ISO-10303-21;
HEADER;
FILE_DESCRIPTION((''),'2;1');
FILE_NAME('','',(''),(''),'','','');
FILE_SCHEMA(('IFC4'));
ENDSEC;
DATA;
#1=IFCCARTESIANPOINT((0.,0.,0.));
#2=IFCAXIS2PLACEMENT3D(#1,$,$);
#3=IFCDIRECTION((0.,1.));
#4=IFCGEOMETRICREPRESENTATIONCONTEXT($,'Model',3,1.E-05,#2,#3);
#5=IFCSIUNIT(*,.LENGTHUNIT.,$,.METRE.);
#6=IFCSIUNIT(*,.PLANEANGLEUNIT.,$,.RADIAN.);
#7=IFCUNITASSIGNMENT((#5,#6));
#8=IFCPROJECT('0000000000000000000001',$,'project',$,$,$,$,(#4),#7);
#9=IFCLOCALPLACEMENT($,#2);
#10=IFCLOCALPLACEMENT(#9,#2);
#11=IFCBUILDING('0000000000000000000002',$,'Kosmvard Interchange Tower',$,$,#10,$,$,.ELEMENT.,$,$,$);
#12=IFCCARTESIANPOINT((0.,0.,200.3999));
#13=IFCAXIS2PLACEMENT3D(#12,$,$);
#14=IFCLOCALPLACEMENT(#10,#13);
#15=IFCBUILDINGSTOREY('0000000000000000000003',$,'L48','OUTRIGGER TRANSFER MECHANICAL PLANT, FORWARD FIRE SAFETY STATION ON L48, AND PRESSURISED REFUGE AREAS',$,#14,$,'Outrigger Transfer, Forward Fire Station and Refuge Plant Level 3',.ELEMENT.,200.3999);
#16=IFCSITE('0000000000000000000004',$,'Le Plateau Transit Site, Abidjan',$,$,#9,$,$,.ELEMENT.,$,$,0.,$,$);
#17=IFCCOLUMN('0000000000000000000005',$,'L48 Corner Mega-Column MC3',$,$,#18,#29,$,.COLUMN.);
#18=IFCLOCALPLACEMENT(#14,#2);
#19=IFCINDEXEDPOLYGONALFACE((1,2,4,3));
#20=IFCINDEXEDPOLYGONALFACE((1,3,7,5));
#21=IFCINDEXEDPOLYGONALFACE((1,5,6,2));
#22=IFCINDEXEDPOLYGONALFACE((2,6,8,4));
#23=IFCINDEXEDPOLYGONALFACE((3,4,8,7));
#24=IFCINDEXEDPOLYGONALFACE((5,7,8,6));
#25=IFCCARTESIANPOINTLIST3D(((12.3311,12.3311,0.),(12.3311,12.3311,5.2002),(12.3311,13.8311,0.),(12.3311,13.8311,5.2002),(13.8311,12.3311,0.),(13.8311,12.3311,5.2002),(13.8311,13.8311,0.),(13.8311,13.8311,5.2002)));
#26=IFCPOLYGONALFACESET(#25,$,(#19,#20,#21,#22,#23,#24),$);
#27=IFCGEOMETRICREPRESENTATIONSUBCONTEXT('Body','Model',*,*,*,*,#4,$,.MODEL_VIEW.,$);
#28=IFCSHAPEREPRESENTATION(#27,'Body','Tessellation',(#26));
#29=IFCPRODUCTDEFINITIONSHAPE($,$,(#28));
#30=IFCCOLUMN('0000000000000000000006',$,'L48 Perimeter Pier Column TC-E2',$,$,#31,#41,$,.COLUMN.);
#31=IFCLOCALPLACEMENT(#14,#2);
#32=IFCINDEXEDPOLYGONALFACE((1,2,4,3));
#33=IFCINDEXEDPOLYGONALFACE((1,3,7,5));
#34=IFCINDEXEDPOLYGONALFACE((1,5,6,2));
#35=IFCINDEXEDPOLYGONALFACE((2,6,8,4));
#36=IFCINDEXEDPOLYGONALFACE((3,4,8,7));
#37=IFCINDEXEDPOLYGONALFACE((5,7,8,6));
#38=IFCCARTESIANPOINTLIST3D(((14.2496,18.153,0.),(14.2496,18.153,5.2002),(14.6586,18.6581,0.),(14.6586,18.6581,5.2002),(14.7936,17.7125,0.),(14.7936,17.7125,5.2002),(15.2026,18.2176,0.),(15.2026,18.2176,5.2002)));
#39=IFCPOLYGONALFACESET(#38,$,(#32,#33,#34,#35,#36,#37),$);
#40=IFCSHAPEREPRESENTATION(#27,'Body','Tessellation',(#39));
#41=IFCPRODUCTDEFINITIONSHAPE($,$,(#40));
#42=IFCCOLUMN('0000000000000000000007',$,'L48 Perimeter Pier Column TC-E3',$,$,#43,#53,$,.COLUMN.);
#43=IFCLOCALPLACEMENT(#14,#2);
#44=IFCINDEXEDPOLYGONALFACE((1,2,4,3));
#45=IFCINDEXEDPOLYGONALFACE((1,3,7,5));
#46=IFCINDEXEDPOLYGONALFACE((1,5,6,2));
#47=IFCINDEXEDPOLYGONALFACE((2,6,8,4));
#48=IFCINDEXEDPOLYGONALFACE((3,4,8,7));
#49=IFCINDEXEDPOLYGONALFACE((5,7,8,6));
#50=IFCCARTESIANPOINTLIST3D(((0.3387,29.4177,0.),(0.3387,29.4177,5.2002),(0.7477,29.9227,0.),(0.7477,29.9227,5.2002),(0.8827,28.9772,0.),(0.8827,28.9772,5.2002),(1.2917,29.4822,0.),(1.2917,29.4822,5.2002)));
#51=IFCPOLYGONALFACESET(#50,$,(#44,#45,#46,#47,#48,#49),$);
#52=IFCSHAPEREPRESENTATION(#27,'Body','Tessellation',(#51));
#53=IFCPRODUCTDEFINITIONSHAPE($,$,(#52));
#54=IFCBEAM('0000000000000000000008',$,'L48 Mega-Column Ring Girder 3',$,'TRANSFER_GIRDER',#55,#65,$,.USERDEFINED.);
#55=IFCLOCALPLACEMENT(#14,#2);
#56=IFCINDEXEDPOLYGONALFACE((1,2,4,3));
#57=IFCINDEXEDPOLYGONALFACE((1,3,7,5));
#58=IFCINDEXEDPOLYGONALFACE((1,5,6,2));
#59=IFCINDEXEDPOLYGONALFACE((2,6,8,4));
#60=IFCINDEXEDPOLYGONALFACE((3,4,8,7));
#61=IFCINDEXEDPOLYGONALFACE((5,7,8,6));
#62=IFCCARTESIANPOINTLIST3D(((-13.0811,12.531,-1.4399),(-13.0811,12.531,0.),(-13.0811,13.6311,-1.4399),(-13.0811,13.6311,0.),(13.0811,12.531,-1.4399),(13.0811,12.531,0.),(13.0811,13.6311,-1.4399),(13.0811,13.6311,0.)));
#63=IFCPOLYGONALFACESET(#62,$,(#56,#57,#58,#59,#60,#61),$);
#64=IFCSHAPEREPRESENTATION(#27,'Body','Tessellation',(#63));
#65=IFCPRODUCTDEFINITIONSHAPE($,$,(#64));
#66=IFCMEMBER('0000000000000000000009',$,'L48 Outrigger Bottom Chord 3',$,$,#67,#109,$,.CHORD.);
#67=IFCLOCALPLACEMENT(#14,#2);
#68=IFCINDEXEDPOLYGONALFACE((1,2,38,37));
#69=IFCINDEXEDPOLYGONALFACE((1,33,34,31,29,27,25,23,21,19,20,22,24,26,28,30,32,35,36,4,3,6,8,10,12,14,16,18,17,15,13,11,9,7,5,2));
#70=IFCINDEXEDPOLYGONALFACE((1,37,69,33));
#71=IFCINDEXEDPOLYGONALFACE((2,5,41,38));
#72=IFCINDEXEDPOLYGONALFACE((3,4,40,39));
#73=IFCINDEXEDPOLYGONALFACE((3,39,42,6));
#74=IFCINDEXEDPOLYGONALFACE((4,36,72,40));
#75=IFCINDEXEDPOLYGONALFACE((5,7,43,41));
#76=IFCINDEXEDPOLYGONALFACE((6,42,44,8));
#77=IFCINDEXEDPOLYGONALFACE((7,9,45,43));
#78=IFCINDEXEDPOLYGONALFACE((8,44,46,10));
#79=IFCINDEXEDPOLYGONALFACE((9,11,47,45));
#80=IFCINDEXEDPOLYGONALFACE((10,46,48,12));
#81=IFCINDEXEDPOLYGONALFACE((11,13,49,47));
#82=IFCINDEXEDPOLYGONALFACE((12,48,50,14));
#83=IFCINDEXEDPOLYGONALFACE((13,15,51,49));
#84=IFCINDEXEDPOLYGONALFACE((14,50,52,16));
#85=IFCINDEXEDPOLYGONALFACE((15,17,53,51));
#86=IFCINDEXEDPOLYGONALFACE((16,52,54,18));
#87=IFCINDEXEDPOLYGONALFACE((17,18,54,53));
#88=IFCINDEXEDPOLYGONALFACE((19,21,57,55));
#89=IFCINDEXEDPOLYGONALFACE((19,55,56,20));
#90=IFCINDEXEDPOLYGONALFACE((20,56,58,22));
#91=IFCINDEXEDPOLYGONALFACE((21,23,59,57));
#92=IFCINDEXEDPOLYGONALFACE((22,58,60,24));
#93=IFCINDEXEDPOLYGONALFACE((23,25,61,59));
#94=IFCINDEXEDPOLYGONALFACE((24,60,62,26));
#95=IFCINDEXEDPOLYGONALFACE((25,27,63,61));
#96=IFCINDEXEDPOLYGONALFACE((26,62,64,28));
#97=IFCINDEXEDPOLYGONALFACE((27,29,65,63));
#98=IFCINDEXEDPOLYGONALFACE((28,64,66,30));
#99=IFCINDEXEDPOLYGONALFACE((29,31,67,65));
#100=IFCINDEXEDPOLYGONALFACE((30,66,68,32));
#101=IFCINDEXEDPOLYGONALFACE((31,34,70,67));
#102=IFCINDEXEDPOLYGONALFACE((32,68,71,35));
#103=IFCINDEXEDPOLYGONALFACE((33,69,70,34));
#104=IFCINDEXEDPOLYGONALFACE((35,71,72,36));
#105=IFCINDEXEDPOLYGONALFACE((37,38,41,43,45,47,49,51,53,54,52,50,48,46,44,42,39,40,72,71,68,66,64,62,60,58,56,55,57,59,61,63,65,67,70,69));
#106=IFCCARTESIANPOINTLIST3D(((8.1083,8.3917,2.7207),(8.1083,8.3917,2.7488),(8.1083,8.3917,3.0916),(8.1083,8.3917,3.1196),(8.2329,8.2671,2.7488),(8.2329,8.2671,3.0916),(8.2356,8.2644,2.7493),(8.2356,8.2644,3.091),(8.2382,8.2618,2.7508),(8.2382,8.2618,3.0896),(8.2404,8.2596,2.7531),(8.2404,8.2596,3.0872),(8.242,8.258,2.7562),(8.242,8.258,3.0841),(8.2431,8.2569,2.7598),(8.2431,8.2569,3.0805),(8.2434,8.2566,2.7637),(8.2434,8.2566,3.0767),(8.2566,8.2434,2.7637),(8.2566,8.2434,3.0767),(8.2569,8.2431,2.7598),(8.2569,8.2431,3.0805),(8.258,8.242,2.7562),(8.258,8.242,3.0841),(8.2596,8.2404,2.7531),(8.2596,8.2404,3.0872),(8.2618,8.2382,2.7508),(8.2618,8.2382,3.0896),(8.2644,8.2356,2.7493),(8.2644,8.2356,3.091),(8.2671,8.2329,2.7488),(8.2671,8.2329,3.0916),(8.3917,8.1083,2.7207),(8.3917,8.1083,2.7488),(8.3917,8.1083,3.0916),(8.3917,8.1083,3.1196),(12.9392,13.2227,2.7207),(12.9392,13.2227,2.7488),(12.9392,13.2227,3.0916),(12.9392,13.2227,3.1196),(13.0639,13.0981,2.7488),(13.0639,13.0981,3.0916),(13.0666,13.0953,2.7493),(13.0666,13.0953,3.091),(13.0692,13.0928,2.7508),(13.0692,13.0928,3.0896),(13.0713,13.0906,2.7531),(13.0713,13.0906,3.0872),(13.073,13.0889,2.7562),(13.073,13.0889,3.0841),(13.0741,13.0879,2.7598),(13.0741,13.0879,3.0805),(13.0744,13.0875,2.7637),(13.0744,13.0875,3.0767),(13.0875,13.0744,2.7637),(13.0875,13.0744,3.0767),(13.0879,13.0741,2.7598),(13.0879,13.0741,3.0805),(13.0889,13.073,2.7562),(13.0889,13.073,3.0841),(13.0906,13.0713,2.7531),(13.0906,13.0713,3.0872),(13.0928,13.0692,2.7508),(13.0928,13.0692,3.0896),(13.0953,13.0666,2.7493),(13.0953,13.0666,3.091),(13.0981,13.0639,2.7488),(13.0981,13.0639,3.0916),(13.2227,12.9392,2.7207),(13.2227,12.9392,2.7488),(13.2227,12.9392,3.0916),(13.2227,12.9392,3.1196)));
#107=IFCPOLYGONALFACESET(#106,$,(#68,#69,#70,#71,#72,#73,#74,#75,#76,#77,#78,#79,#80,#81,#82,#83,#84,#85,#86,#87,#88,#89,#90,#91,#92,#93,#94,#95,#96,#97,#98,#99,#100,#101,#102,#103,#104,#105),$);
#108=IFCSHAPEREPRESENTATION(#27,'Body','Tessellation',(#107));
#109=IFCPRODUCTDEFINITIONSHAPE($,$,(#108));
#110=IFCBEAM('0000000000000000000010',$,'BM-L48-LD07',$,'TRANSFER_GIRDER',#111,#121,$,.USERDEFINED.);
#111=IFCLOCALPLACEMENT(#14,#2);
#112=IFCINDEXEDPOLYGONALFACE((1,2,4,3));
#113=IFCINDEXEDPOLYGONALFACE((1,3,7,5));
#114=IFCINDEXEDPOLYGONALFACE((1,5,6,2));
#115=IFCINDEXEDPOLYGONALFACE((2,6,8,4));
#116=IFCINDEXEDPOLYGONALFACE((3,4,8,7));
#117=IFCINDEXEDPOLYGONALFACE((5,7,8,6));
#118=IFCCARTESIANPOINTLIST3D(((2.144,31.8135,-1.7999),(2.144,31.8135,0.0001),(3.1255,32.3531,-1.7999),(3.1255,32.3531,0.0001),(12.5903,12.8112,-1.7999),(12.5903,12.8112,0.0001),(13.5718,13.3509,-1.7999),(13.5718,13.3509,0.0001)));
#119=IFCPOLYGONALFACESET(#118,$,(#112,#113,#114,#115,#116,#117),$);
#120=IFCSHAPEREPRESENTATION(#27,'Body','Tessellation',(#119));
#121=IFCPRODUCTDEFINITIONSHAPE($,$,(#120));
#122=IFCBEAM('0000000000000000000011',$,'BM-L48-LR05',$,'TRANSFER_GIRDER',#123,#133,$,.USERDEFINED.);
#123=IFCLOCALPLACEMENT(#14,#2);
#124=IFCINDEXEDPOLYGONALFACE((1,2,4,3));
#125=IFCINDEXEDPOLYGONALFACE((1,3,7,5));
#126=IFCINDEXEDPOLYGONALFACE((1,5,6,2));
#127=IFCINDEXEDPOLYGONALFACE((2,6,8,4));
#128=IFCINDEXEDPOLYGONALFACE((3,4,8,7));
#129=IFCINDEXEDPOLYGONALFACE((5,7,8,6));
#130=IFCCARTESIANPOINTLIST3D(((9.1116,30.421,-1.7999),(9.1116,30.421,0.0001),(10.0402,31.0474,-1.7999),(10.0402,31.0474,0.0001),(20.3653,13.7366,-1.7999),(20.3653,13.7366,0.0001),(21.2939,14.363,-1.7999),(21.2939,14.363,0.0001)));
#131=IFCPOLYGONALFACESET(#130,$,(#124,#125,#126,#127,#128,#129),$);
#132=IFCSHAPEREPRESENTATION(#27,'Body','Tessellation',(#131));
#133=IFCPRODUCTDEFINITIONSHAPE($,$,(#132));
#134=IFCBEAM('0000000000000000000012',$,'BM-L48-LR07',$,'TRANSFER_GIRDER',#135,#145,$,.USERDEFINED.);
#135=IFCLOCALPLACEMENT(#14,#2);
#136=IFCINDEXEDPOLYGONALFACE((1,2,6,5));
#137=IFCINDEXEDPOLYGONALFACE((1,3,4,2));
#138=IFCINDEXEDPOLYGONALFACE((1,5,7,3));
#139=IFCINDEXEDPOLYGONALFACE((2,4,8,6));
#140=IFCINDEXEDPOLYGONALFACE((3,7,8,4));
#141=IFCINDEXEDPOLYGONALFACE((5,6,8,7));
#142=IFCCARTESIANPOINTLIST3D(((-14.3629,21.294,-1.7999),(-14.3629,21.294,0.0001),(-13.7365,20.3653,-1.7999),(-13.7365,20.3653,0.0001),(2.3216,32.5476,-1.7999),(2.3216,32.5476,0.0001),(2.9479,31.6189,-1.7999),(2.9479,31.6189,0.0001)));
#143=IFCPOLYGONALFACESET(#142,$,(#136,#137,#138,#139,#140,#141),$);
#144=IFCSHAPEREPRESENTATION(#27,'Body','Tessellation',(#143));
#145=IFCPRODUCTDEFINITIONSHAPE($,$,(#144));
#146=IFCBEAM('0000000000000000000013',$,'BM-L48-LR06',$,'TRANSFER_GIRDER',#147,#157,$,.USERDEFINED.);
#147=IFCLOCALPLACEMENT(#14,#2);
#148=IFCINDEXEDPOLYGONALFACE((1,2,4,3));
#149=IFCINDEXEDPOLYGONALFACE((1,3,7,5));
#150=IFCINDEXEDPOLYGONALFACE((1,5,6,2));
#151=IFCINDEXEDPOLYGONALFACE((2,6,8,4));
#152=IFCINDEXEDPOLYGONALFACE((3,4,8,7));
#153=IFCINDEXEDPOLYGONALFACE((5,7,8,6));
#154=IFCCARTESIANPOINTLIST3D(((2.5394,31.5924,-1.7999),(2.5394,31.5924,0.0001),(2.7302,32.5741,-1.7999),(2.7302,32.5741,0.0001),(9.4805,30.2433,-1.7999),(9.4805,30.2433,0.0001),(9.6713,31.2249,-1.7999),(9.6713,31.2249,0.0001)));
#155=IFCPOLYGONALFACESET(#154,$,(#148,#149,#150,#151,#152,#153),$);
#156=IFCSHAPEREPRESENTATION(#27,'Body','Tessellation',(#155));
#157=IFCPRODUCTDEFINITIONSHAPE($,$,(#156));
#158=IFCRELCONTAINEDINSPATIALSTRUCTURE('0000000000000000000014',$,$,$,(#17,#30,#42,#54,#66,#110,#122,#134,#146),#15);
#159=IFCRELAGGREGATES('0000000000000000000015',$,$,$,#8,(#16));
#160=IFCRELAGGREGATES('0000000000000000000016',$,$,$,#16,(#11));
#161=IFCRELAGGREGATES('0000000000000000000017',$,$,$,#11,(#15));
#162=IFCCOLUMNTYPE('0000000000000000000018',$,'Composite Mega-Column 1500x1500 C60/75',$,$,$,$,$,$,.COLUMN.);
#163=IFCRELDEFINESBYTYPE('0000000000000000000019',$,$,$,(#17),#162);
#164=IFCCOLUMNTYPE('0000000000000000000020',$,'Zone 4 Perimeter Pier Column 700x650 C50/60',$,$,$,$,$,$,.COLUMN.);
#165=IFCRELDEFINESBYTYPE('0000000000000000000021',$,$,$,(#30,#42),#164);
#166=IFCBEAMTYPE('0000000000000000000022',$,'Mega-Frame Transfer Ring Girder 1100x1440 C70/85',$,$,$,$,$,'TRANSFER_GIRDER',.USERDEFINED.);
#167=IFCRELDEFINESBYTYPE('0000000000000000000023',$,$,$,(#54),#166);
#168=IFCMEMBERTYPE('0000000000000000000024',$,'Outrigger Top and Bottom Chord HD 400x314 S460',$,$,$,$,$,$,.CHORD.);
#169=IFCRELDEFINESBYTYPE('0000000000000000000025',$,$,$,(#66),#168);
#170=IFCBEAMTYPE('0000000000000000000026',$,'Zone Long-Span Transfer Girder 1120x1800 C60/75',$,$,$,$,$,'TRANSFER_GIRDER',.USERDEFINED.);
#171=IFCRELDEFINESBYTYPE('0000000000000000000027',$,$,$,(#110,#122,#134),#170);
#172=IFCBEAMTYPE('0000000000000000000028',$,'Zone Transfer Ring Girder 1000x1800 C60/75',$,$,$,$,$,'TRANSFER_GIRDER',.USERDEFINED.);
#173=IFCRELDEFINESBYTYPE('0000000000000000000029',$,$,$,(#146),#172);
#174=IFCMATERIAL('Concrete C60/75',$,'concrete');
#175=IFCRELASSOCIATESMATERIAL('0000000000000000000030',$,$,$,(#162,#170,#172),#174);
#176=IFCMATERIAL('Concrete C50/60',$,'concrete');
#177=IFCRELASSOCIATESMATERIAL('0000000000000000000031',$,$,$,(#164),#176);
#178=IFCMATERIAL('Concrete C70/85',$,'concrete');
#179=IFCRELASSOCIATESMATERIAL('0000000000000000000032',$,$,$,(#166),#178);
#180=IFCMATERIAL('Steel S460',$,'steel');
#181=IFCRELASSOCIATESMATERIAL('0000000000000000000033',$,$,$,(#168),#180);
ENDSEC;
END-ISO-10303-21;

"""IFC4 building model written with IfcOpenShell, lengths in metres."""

from ifc_helpers import new_model, si_unit, direction, frame, origin, origin_2d, place, context, subcontext, project, spatial, rectangle, i_section, extrude, source, transform, mapped, material, material_profile, profile_set, type_object, element, save


model = new_model("IFC4")

# Units and contexts
model_context = context("Model", 3, precision=1e-05, world=origin(), true_north=direction((0.0, 1.0)))
body_context = subcontext(model_context, "Body", "Model", "MODEL_VIEW")
ifc_project = project(units=[si_unit("LENGTHUNIT", "METRE"), si_unit("PLANEANGLEUNIT", "RADIAN")], contexts=[model_context])

# Site, building, storey
site_placement = place(None, origin())
site = spatial("IfcSite", under=ifc_project, at=site_placement, Name="Le Plateau Transit Site, Abidjan", CompositionType="ELEMENT", RefElevation=0.0)
building_placement = place(site_placement, origin())
building = spatial("IfcBuilding", under=site, at=building_placement, Name="Kosmvard Interchange Tower", CompositionType="ELEMENT")
storey_placement = place(building_placement, frame((0.0, 0.0, 200.3999)))
storey = spatial("IfcBuildingStorey", under=building, at=storey_placement, Name="L48", Description="OUTRIGGER TRANSFER MECHANICAL PLANT, FORWARD FIRE SAFETY STATION ON L48, AND PRESSURISED REFUGE AREAS", LongName="Outrigger Transfer, Forward Fire Station and Refuge Plant Level 3", CompositionType="ELEMENT", Elevation=200.3999)

# Columns
ifc_material_1 = material(Name="Concrete C60/75", Category="concrete")
ifc_material_profile_1 = material_profile(ifc_material_1, rectangle(XDim=1.5, YDim=1.5, at=origin_2d()), Name="MC 1500x1500")
ifc_profile_set_1 = profile_set([ifc_material_profile_1], Name="Concrete C60/75")
column_type_1 = type_object("IfcColumnType", Name="Composite Mega-Column 1500x1500 C60/75", PredefinedType="COLUMN", material=ifc_profile_set_1)
shared_shape_1 = source(origin(), body_context, "Body", "SweptSolid", [
    extrude(rectangle(XDim=1.5, YDim=1.5, at=origin_2d()), origin(), (0.0, 0.0, 1.0), 5.2002),
])
column_placement = place(storey_placement, frame((13.0811, 13.0811, 0.0), z_axis=(0.0, 0.0, 1.0), x_axis=(1.0, 0.0, 0.0)))
element("IfcColumn", 1, at=column_placement, inside=storey, type_object=column_type_1, Name="L48 Corner Mega-Column MC3", PredefinedType="COLUMN", context=body_context, shape_type="MappedRepresentation", body=[
    mapped(shared_shape_1, transform((0.0, 0.0, 0.0), scale=1.0)),
])
ifc_material_2 = material(Name="Concrete C50/60", Category="concrete")
ifc_material_profile_2 = material_profile(ifc_material_2, rectangle(XDim=0.6499, YDim=0.7, at=origin_2d()), Name="TC 700x650")
ifc_profile_set_2 = profile_set([ifc_material_profile_2], Name="Concrete C50/60")
column_type_2 = type_object("IfcColumnType", Name="Zone 4 Perimeter Pier Column 700x650 C50/60", PredefinedType="COLUMN", material=ifc_profile_set_2)
shared_shape_2 = source(origin(), body_context, "Body", "SweptSolid", [
    extrude(rectangle(XDim=0.6499, YDim=0.7, at=origin_2d()), origin(), (0.0, 0.0, 1.0), 5.2002),
])
for number, where, z_axis, x_axis, name in (
    (2, (14.7261, 18.1853, 0.0), (0.0, 0.0, 1.0), (0.62932, 0.777146, 0.0), "L48 Perimeter Pier Column TC-E2"),
    (3, (0.8152, 29.45, 0.0), (0.0, 0.0, 1.0), (0.62932, 0.777146, 0.0), "L48 Perimeter Pier Column TC-E3"),
):
    element("IfcColumn", number, at=place(storey_placement, frame(where, z_axis=z_axis, x_axis=x_axis)), inside=storey, type_object=column_type_2, Name=name, PredefinedType="COLUMN", context=body_context, shape_type="MappedRepresentation", body=[
        mapped(shared_shape_2, transform((0.0, 0.0, 0.0), scale=1.0)),
    ])

# Beam
ifc_material_3 = material(Name="Concrete C70/85", Category="concrete")
ifc_material_profile_3 = material_profile(ifc_material_3, rectangle(XDim=1.1001, YDim=1.4399, at=origin_2d()), Name="TG 1100x1440")
ifc_profile_set_3 = profile_set([ifc_material_profile_3], Name="Concrete C70/85")
beam_type_1 = type_object("IfcBeamType", Name="Mega-Frame Transfer Ring Girder 1100x1440 C70/85", ElementType="TRANSFER_GIRDER", PredefinedType="USERDEFINED", material=ifc_profile_set_3)
shared_shape_3 = source(origin(), body_context, "Body", "SweptSolid", [
    extrude(rectangle(XDim=1.1001, YDim=1.4399, at=origin_2d()), origin(), (0.0, 0.0, 1.0), 26.1621),
])
beam_1_placement = place(storey_placement, frame((13.0811, 13.0811, -0.72), z_axis=(-1.0, 0.0, 0.0), x_axis=(0.0, -1.0, 0.0)))
element("IfcBeam", 4, at=beam_1_placement, inside=storey, type_object=beam_type_1, Name="L48 Mega-Column Ring Girder 3", ObjectType="TRANSFER_GIRDER", PredefinedType="USERDEFINED", context=body_context, shape_type="MappedRepresentation", body=[
    mapped(shared_shape_3, transform((0.0, 0.0, 0.0), scale=1.0)),
])

# Member
ifc_material_4 = material(Name="Steel S460", Category="steel")
ifc_material_profile_4 = material_profile(ifc_material_4, i_section(OverallWidth=0.4009, OverallDepth=0.3989, WebThickness=0.0186, FlangeThickness=0.0281, FilletRadius=0.0149, at=origin_2d()), Name="HD 400x314")
ifc_profile_set_4 = profile_set([ifc_material_profile_4], Name="Steel S460")
member_type_1 = type_object("IfcMemberType", Name="Outrigger Top and Bottom Chord HD 400x314 S460", PredefinedType="CHORD", material=ifc_profile_set_4)
shared_shape_4 = source(origin(), body_context, "Body", "SweptSolid", [
    extrude(i_section(OverallWidth=0.4009, OverallDepth=0.3989, WebThickness=0.0186, FlangeThickness=0.0281, FilletRadius=0.0149, at=origin_2d()), origin(), (0.0, 0.0, 1.0), 6.832),
])
member_1_placement = place(storey_placement, frame((8.25, 8.25, 2.9202), z_axis=(0.707107, 0.707107, 0.0), x_axis=(-0.707107, 0.707107, 0.0)))
element("IfcMember", 5, at=member_1_placement, inside=storey, type_object=member_type_1, Name="L48 Outrigger Bottom Chord 3", PredefinedType="CHORD", context=body_context, shape_type="MappedRepresentation", body=[
    mapped(shared_shape_4, transform((0.0, 0.0, 0.0), scale=1.0)),
])

# Beams
ifc_material_profile_5 = material_profile(ifc_material_1, rectangle(XDim=1.1201, YDim=1.8, at=origin_2d()), Name="TG 1120x1800")
ifc_profile_set_5 = profile_set([ifc_material_profile_5], Name="Concrete C60/75")
beam_type_2 = type_object("IfcBeamType", Name="Zone Long-Span Transfer Girder 1120x1800 C60/75", ElementType="TRANSFER_GIRDER", PredefinedType="USERDEFINED", material=ifc_profile_set_5)
shared_shape_5 = source(origin(), body_context, "Body", "SweptSolid", [
    extrude(rectangle(XDim=1.1201, YDim=1.8, at=origin_2d()), origin(), (0.0, 0.0, 1.0), 21.6843),
])
beam_2_placement = place(storey_placement, frame((13.0811, 13.0811, -0.8999), z_axis=(-0.481745, 0.876312, 0.0), x_axis=(-0.876312, -0.481745, 0.0)))
element("IfcBeam", 6, at=beam_2_placement, inside=storey, type_object=beam_type_2, Name="BM-L48-LD07", ObjectType="TRANSFER_GIRDER", PredefinedType="USERDEFINED", context=body_context, shape_type="MappedRepresentation", body=[
    mapped(shared_shape_5, transform((0.0, 0.0, 0.0), scale=1.0)),
])
shared_shape_6 = source(origin(), body_context, "Body", "SweptSolid", [
    extrude(rectangle(XDim=1.1201, YDim=1.8, at=origin_2d()), origin(), (0.0, 0.0, 1.0), 20.125),
])
for number, where, z_axis, x_axis, name in (
    (7, (20.8296, 14.0498, -0.8999), (-0.559191, 0.829039, 0.0), (-0.829039, -0.559191, 0.0), "BM-L48-LR05"),
    (8, (2.6348, 32.0833, -0.8999), (-0.829043, -0.559185, 0.0), (0.559185, -0.829043, 0.0), "BM-L48-LR07"),
):
    element("IfcBeam", number, at=place(storey_placement, frame(where, z_axis=z_axis, x_axis=x_axis)), inside=storey, type_object=beam_type_2, Name=name, ObjectType="TRANSFER_GIRDER", PredefinedType="USERDEFINED", context=body_context, shape_type="MappedRepresentation", body=[
        mapped(shared_shape_6, transform((0.0, 0.0, 0.0), scale=1.0)),
    ])
ifc_material_profile_6 = material_profile(ifc_material_1, rectangle(XDim=1.0, YDim=1.8, at=origin_2d()), Name="TG 1000x1800")
ifc_profile_set_6 = profile_set([ifc_material_profile_6], Name="Concrete C60/75")
beam_type_3 = type_object("IfcBeamType", Name="Zone Transfer Ring Girder 1000x1800 C60/75", ElementType="TRANSFER_GIRDER", PredefinedType="USERDEFINED", material=ifc_profile_set_6)
shared_shape_7 = source(origin(), body_context, "Body", "SweptSolid", [
    extrude(rectangle(XDim=1.0, YDim=1.8, at=origin_2d()), origin(), (0.0, 0.0, 1.0), 7.071),
])
beam_3_placement = place(storey_placement, frame((9.5759, 30.7341, -0.8999), z_axis=(-0.98163, 0.190795, 0.0), x_axis=(-0.190795, -0.98163, 0.0)))
element("IfcBeam", 9, at=beam_3_placement, inside=storey, type_object=beam_type_3, Name="BM-L48-LR06", ObjectType="TRANSFER_GIRDER", PredefinedType="USERDEFINED", context=body_context, shape_type="MappedRepresentation", body=[
    mapped(shared_shape_7, transform((0.0, 0.0, 0.0), scale=1.0)),
])

save(model, "model.ifc")
